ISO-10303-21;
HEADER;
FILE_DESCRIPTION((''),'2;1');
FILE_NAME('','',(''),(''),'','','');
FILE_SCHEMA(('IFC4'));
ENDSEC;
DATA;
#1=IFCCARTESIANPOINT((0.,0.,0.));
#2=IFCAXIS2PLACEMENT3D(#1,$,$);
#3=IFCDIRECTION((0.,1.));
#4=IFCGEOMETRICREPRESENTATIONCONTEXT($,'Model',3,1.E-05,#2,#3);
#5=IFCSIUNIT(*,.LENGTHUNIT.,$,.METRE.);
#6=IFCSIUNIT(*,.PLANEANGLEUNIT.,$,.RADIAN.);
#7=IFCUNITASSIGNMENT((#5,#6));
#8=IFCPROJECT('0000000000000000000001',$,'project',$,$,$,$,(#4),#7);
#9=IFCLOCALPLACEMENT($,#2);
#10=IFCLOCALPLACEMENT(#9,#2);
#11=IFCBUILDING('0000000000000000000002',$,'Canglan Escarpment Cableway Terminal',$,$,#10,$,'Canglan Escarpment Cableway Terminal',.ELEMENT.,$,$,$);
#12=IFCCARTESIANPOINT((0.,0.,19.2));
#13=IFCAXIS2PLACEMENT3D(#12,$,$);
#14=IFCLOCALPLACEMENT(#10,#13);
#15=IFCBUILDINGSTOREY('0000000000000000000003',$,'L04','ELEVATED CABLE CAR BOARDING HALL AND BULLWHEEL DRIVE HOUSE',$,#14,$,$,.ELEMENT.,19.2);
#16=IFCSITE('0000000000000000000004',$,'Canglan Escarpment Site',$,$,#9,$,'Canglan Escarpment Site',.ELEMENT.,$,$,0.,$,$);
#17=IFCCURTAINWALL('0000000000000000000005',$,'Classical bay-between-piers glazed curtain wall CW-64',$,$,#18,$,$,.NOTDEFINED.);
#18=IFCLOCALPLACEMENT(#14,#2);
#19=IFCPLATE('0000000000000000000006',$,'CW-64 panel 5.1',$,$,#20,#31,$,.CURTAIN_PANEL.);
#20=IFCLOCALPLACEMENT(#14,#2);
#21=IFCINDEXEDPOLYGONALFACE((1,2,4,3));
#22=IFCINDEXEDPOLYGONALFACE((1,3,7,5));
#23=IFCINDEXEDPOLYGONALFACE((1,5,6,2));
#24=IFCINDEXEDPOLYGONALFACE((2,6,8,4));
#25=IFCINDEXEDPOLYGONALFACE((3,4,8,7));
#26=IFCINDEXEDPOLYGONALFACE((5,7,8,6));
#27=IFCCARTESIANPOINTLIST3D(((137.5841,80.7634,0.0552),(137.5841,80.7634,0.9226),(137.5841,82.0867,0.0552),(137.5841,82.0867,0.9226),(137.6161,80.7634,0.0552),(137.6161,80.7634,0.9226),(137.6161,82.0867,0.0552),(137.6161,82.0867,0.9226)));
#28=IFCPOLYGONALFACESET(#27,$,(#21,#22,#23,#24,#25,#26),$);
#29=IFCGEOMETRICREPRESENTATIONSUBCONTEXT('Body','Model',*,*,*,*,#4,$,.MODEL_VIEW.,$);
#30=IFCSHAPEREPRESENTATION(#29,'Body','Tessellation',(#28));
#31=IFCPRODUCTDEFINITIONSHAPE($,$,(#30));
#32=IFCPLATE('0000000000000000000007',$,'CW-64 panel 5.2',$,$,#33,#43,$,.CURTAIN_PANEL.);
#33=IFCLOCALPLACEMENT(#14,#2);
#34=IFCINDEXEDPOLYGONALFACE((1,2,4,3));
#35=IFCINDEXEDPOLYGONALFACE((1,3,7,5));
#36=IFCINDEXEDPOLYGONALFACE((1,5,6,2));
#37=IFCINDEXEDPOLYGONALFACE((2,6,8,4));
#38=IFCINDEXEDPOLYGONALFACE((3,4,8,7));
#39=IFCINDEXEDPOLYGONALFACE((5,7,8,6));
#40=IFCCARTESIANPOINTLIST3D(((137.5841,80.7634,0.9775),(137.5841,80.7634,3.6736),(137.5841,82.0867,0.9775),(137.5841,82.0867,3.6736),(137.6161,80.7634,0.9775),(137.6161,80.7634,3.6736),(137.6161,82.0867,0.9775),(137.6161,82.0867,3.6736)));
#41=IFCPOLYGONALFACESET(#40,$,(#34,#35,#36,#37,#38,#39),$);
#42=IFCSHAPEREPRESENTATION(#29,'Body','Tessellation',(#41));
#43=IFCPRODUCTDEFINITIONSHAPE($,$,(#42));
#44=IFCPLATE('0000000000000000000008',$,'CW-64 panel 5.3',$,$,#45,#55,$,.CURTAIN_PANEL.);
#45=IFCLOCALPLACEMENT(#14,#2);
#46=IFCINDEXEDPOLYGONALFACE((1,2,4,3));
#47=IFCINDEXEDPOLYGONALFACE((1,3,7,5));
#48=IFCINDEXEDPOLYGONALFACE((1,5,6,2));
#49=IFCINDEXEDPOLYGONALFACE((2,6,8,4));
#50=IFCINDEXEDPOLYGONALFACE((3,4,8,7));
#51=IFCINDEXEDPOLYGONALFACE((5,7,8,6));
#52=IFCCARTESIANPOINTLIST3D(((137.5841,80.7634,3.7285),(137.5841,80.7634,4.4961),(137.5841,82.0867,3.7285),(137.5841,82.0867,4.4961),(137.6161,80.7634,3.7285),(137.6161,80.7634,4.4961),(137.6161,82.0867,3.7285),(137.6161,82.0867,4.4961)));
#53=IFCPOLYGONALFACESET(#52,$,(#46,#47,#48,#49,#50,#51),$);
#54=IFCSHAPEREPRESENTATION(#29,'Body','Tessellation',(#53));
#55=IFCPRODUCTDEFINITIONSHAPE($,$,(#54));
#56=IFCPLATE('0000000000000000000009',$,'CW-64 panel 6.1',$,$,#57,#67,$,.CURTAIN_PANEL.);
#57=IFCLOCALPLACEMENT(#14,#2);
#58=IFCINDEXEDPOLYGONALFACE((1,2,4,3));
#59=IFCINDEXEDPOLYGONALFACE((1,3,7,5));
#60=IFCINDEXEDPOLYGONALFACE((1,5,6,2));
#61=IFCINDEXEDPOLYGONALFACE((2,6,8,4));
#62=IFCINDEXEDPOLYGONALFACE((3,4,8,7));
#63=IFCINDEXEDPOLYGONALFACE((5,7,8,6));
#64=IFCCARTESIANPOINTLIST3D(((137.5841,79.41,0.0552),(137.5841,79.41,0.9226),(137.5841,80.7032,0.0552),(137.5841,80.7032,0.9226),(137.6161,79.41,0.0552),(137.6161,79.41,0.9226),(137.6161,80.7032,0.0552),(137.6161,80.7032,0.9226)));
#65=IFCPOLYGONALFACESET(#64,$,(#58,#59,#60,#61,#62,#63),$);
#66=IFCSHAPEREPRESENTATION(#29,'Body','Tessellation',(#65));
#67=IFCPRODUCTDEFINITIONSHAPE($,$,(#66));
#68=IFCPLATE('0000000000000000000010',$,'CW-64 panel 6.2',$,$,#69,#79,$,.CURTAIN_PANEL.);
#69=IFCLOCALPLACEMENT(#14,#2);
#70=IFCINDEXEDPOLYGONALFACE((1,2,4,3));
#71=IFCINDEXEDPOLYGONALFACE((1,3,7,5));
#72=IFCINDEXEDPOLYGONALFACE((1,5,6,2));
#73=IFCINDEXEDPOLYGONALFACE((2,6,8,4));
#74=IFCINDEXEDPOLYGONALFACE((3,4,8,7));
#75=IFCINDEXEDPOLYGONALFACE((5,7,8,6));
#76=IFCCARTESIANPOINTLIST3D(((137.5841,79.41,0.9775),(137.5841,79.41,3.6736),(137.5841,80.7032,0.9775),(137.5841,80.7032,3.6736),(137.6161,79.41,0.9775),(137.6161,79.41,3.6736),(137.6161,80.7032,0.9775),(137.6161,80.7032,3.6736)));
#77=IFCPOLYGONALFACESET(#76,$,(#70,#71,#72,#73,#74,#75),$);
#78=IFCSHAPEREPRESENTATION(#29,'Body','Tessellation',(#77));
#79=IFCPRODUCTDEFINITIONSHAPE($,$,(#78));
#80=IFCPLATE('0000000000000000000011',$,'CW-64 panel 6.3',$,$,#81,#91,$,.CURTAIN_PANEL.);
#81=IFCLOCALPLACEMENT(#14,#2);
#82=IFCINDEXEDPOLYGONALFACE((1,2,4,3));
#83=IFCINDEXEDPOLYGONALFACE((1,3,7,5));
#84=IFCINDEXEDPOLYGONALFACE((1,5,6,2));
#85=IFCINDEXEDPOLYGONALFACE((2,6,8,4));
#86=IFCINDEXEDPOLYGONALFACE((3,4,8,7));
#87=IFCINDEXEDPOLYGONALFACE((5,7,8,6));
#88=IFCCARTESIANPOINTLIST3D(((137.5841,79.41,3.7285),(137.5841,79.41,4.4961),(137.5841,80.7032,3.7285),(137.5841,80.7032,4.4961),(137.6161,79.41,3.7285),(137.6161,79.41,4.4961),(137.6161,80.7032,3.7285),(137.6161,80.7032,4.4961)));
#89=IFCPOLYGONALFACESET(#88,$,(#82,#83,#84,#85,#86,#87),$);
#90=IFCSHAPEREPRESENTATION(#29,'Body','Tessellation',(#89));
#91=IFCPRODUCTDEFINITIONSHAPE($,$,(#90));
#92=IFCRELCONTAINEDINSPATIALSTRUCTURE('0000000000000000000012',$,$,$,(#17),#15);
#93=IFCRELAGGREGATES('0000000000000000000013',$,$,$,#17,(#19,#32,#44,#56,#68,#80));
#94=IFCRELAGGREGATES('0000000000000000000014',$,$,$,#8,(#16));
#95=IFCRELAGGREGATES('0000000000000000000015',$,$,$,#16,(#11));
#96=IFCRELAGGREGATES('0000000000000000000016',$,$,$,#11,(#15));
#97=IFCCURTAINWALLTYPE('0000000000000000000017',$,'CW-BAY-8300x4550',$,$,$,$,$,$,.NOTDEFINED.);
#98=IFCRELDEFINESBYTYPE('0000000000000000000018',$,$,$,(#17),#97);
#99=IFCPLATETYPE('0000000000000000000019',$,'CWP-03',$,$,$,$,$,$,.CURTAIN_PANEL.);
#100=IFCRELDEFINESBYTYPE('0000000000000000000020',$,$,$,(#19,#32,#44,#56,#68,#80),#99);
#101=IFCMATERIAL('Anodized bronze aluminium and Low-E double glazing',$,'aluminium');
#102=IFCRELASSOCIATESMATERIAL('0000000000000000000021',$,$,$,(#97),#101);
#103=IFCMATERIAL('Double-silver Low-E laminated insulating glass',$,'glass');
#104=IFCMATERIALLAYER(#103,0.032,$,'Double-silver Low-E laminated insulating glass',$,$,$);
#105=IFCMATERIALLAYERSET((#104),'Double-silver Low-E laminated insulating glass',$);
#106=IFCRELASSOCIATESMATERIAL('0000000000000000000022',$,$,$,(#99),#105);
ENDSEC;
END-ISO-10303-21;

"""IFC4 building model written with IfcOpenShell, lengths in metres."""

from ifc_helpers import new_model, si_unit, direction, frame, origin, origin_2d, place, context, subcontext, project, spatial, rectangle, extrude, material, layer, layer_set, type_object, element, aggregate, save


model = new_model("IFC4")

# Units and contexts
model_context = context("Model", 3, precision=1e-05, world=origin(), true_north=direction((0.0, 1.0)))
body_context = subcontext(model_context, "Body", "Model", "MODEL_VIEW")
ifc_project = project(units=[si_unit("LENGTHUNIT", "METRE"), si_unit("PLANEANGLEUNIT", "RADIAN")], contexts=[model_context])

# Site, building, storey
site_placement = place(None, origin())
site = spatial("IfcSite", under=ifc_project, at=site_placement, Name="Canglan Escarpment Site", LongName="Canglan Escarpment Site", CompositionType="ELEMENT", RefElevation=0.0)
building_placement = place(site_placement, origin())
building = spatial("IfcBuilding", under=site, at=building_placement, Name="Canglan Escarpment Cableway Terminal", LongName="Canglan Escarpment Cableway Terminal", CompositionType="ELEMENT")
storey_placement = place(building_placement, frame((0.0, 0.0, 19.2)))
storey = spatial("IfcBuildingStorey", under=building, at=storey_placement, Name="L04", Description="ELEVATED CABLE CAR BOARDING HALL AND BULLWHEEL DRIVE HOUSE", CompositionType="ELEMENT", Elevation=19.2)

# Curtain wall
ifc_material_1 = material(Name="Anodized bronze aluminium and Low-E double glazing", Category="aluminium")
curtain_wall_type = type_object("IfcCurtainWallType", Name="CW-BAY-8300x4550", PredefinedType="NOTDEFINED", material=ifc_material_1)
curtain_wall_1_placement = place(storey_placement, origin())
curtain_wall_1 = element("IfcCurtainWall", 1, at=curtain_wall_1_placement, inside=storey, type_object=curtain_wall_type, Name="Classical bay-between-piers glazed curtain wall CW-64", PredefinedType="NOTDEFINED")

# Plates
ifc_material_2 = material(Name="Double-silver Low-E laminated insulating glass", Category="glass")
ifc_layer_1 = layer(ifc_material_2, 0.032, Name="Double-silver Low-E laminated insulating glass")
ifc_layer_set_1 = layer_set([ifc_layer_1], Name="Double-silver Low-E laminated insulating glass")
plate_type_1 = type_object("IfcPlateType", Name="CWP-03", PredefinedType="CURTAIN_PANEL", material=ifc_layer_set_1)
plate_1_placement = place(storey_placement, frame((137.6001, 81.425, 0.0552), z_axis=(0.0, 0.0, 1.0), x_axis=(0.0, -1.0, 0.0)))
plate_1 = element("IfcPlate", 2, at=plate_1_placement, type_object=plate_type_1, Name="CW-64 panel 5.1", PredefinedType="CURTAIN_PANEL", context=body_context, shape_type="SweptSolid", body=[
    extrude(rectangle(XDim=1.3232, YDim=0.032, at=origin_2d()), origin(), (0.0, 0.0, 1.0), 0.8674),
])
plate_2_placement = place(storey_placement, frame((137.6001, 81.425, 0.9775), z_axis=(0.0, 0.0, 1.0), x_axis=(0.0, -1.0, 0.0)))
plate_2 = element("IfcPlate", 3, at=plate_2_placement, type_object=plate_type_1, Name="CW-64 panel 5.2", PredefinedType="CURTAIN_PANEL", context=body_context, shape_type="SweptSolid", body=[
    extrude(rectangle(XDim=1.3232, YDim=0.032, at=origin_2d()), origin(), (0.0, 0.0, 1.0), 2.696),
])
plate_3_placement = place(storey_placement, frame((137.6001, 81.425, 3.7285), z_axis=(0.0, 0.0, 1.0), x_axis=(0.0, -1.0, 0.0)))
plate_3 = element("IfcPlate", 4, at=plate_3_placement, type_object=plate_type_1, Name="CW-64 panel 5.3", PredefinedType="CURTAIN_PANEL", context=body_context, shape_type="SweptSolid", body=[
    extrude(rectangle(XDim=1.3232, YDim=0.032, at=origin_2d()), origin(), (0.0, 0.0, 1.0), 0.7676),
])
plate_4_placement = place(storey_placement, frame((137.6001, 80.0566, 0.0552), z_axis=(0.0, 0.0, 1.0), x_axis=(0.0, -1.0, 0.0)))
plate_4 = element("IfcPlate", 5, at=plate_4_placement, type_object=plate_type_1, Name="CW-64 panel 6.1", PredefinedType="CURTAIN_PANEL", context=body_context, shape_type="SweptSolid", body=[
    extrude(rectangle(XDim=1.2932, YDim=0.032, at=origin_2d()), origin(), (0.0, 0.0, 1.0), 0.8674),
])
plate_5_placement = place(storey_placement, frame((137.6001, 80.0566, 0.9775), z_axis=(0.0, 0.0, 1.0), x_axis=(0.0, -1.0, 0.0)))
plate_5 = element("IfcPlate", 6, at=plate_5_placement, type_object=plate_type_1, Name="CW-64 panel 6.2", PredefinedType="CURTAIN_PANEL", context=body_context, shape_type="SweptSolid", body=[
    extrude(rectangle(XDim=1.2932, YDim=0.032, at=origin_2d()), origin(), (0.0, 0.0, 1.0), 2.696),
])
plate_6_placement = place(storey_placement, frame((137.6001, 80.0566, 3.7285), z_axis=(0.0, 0.0, 1.0), x_axis=(0.0, -1.0, 0.0)))
plate_6 = element("IfcPlate", 7, at=plate_6_placement, type_object=plate_type_1, Name="CW-64 panel 6.3", PredefinedType="CURTAIN_PANEL", context=body_context, shape_type="SweptSolid", body=[
    extrude(rectangle(XDim=1.2932, YDim=0.032, at=origin_2d()), origin(), (0.0, 0.0, 1.0), 0.7676),
])
aggregate(curtain_wall_1, [plate_1, plate_2, plate_3, plate_4, plate_5, plate_6])

save(model, "model.ifc")
